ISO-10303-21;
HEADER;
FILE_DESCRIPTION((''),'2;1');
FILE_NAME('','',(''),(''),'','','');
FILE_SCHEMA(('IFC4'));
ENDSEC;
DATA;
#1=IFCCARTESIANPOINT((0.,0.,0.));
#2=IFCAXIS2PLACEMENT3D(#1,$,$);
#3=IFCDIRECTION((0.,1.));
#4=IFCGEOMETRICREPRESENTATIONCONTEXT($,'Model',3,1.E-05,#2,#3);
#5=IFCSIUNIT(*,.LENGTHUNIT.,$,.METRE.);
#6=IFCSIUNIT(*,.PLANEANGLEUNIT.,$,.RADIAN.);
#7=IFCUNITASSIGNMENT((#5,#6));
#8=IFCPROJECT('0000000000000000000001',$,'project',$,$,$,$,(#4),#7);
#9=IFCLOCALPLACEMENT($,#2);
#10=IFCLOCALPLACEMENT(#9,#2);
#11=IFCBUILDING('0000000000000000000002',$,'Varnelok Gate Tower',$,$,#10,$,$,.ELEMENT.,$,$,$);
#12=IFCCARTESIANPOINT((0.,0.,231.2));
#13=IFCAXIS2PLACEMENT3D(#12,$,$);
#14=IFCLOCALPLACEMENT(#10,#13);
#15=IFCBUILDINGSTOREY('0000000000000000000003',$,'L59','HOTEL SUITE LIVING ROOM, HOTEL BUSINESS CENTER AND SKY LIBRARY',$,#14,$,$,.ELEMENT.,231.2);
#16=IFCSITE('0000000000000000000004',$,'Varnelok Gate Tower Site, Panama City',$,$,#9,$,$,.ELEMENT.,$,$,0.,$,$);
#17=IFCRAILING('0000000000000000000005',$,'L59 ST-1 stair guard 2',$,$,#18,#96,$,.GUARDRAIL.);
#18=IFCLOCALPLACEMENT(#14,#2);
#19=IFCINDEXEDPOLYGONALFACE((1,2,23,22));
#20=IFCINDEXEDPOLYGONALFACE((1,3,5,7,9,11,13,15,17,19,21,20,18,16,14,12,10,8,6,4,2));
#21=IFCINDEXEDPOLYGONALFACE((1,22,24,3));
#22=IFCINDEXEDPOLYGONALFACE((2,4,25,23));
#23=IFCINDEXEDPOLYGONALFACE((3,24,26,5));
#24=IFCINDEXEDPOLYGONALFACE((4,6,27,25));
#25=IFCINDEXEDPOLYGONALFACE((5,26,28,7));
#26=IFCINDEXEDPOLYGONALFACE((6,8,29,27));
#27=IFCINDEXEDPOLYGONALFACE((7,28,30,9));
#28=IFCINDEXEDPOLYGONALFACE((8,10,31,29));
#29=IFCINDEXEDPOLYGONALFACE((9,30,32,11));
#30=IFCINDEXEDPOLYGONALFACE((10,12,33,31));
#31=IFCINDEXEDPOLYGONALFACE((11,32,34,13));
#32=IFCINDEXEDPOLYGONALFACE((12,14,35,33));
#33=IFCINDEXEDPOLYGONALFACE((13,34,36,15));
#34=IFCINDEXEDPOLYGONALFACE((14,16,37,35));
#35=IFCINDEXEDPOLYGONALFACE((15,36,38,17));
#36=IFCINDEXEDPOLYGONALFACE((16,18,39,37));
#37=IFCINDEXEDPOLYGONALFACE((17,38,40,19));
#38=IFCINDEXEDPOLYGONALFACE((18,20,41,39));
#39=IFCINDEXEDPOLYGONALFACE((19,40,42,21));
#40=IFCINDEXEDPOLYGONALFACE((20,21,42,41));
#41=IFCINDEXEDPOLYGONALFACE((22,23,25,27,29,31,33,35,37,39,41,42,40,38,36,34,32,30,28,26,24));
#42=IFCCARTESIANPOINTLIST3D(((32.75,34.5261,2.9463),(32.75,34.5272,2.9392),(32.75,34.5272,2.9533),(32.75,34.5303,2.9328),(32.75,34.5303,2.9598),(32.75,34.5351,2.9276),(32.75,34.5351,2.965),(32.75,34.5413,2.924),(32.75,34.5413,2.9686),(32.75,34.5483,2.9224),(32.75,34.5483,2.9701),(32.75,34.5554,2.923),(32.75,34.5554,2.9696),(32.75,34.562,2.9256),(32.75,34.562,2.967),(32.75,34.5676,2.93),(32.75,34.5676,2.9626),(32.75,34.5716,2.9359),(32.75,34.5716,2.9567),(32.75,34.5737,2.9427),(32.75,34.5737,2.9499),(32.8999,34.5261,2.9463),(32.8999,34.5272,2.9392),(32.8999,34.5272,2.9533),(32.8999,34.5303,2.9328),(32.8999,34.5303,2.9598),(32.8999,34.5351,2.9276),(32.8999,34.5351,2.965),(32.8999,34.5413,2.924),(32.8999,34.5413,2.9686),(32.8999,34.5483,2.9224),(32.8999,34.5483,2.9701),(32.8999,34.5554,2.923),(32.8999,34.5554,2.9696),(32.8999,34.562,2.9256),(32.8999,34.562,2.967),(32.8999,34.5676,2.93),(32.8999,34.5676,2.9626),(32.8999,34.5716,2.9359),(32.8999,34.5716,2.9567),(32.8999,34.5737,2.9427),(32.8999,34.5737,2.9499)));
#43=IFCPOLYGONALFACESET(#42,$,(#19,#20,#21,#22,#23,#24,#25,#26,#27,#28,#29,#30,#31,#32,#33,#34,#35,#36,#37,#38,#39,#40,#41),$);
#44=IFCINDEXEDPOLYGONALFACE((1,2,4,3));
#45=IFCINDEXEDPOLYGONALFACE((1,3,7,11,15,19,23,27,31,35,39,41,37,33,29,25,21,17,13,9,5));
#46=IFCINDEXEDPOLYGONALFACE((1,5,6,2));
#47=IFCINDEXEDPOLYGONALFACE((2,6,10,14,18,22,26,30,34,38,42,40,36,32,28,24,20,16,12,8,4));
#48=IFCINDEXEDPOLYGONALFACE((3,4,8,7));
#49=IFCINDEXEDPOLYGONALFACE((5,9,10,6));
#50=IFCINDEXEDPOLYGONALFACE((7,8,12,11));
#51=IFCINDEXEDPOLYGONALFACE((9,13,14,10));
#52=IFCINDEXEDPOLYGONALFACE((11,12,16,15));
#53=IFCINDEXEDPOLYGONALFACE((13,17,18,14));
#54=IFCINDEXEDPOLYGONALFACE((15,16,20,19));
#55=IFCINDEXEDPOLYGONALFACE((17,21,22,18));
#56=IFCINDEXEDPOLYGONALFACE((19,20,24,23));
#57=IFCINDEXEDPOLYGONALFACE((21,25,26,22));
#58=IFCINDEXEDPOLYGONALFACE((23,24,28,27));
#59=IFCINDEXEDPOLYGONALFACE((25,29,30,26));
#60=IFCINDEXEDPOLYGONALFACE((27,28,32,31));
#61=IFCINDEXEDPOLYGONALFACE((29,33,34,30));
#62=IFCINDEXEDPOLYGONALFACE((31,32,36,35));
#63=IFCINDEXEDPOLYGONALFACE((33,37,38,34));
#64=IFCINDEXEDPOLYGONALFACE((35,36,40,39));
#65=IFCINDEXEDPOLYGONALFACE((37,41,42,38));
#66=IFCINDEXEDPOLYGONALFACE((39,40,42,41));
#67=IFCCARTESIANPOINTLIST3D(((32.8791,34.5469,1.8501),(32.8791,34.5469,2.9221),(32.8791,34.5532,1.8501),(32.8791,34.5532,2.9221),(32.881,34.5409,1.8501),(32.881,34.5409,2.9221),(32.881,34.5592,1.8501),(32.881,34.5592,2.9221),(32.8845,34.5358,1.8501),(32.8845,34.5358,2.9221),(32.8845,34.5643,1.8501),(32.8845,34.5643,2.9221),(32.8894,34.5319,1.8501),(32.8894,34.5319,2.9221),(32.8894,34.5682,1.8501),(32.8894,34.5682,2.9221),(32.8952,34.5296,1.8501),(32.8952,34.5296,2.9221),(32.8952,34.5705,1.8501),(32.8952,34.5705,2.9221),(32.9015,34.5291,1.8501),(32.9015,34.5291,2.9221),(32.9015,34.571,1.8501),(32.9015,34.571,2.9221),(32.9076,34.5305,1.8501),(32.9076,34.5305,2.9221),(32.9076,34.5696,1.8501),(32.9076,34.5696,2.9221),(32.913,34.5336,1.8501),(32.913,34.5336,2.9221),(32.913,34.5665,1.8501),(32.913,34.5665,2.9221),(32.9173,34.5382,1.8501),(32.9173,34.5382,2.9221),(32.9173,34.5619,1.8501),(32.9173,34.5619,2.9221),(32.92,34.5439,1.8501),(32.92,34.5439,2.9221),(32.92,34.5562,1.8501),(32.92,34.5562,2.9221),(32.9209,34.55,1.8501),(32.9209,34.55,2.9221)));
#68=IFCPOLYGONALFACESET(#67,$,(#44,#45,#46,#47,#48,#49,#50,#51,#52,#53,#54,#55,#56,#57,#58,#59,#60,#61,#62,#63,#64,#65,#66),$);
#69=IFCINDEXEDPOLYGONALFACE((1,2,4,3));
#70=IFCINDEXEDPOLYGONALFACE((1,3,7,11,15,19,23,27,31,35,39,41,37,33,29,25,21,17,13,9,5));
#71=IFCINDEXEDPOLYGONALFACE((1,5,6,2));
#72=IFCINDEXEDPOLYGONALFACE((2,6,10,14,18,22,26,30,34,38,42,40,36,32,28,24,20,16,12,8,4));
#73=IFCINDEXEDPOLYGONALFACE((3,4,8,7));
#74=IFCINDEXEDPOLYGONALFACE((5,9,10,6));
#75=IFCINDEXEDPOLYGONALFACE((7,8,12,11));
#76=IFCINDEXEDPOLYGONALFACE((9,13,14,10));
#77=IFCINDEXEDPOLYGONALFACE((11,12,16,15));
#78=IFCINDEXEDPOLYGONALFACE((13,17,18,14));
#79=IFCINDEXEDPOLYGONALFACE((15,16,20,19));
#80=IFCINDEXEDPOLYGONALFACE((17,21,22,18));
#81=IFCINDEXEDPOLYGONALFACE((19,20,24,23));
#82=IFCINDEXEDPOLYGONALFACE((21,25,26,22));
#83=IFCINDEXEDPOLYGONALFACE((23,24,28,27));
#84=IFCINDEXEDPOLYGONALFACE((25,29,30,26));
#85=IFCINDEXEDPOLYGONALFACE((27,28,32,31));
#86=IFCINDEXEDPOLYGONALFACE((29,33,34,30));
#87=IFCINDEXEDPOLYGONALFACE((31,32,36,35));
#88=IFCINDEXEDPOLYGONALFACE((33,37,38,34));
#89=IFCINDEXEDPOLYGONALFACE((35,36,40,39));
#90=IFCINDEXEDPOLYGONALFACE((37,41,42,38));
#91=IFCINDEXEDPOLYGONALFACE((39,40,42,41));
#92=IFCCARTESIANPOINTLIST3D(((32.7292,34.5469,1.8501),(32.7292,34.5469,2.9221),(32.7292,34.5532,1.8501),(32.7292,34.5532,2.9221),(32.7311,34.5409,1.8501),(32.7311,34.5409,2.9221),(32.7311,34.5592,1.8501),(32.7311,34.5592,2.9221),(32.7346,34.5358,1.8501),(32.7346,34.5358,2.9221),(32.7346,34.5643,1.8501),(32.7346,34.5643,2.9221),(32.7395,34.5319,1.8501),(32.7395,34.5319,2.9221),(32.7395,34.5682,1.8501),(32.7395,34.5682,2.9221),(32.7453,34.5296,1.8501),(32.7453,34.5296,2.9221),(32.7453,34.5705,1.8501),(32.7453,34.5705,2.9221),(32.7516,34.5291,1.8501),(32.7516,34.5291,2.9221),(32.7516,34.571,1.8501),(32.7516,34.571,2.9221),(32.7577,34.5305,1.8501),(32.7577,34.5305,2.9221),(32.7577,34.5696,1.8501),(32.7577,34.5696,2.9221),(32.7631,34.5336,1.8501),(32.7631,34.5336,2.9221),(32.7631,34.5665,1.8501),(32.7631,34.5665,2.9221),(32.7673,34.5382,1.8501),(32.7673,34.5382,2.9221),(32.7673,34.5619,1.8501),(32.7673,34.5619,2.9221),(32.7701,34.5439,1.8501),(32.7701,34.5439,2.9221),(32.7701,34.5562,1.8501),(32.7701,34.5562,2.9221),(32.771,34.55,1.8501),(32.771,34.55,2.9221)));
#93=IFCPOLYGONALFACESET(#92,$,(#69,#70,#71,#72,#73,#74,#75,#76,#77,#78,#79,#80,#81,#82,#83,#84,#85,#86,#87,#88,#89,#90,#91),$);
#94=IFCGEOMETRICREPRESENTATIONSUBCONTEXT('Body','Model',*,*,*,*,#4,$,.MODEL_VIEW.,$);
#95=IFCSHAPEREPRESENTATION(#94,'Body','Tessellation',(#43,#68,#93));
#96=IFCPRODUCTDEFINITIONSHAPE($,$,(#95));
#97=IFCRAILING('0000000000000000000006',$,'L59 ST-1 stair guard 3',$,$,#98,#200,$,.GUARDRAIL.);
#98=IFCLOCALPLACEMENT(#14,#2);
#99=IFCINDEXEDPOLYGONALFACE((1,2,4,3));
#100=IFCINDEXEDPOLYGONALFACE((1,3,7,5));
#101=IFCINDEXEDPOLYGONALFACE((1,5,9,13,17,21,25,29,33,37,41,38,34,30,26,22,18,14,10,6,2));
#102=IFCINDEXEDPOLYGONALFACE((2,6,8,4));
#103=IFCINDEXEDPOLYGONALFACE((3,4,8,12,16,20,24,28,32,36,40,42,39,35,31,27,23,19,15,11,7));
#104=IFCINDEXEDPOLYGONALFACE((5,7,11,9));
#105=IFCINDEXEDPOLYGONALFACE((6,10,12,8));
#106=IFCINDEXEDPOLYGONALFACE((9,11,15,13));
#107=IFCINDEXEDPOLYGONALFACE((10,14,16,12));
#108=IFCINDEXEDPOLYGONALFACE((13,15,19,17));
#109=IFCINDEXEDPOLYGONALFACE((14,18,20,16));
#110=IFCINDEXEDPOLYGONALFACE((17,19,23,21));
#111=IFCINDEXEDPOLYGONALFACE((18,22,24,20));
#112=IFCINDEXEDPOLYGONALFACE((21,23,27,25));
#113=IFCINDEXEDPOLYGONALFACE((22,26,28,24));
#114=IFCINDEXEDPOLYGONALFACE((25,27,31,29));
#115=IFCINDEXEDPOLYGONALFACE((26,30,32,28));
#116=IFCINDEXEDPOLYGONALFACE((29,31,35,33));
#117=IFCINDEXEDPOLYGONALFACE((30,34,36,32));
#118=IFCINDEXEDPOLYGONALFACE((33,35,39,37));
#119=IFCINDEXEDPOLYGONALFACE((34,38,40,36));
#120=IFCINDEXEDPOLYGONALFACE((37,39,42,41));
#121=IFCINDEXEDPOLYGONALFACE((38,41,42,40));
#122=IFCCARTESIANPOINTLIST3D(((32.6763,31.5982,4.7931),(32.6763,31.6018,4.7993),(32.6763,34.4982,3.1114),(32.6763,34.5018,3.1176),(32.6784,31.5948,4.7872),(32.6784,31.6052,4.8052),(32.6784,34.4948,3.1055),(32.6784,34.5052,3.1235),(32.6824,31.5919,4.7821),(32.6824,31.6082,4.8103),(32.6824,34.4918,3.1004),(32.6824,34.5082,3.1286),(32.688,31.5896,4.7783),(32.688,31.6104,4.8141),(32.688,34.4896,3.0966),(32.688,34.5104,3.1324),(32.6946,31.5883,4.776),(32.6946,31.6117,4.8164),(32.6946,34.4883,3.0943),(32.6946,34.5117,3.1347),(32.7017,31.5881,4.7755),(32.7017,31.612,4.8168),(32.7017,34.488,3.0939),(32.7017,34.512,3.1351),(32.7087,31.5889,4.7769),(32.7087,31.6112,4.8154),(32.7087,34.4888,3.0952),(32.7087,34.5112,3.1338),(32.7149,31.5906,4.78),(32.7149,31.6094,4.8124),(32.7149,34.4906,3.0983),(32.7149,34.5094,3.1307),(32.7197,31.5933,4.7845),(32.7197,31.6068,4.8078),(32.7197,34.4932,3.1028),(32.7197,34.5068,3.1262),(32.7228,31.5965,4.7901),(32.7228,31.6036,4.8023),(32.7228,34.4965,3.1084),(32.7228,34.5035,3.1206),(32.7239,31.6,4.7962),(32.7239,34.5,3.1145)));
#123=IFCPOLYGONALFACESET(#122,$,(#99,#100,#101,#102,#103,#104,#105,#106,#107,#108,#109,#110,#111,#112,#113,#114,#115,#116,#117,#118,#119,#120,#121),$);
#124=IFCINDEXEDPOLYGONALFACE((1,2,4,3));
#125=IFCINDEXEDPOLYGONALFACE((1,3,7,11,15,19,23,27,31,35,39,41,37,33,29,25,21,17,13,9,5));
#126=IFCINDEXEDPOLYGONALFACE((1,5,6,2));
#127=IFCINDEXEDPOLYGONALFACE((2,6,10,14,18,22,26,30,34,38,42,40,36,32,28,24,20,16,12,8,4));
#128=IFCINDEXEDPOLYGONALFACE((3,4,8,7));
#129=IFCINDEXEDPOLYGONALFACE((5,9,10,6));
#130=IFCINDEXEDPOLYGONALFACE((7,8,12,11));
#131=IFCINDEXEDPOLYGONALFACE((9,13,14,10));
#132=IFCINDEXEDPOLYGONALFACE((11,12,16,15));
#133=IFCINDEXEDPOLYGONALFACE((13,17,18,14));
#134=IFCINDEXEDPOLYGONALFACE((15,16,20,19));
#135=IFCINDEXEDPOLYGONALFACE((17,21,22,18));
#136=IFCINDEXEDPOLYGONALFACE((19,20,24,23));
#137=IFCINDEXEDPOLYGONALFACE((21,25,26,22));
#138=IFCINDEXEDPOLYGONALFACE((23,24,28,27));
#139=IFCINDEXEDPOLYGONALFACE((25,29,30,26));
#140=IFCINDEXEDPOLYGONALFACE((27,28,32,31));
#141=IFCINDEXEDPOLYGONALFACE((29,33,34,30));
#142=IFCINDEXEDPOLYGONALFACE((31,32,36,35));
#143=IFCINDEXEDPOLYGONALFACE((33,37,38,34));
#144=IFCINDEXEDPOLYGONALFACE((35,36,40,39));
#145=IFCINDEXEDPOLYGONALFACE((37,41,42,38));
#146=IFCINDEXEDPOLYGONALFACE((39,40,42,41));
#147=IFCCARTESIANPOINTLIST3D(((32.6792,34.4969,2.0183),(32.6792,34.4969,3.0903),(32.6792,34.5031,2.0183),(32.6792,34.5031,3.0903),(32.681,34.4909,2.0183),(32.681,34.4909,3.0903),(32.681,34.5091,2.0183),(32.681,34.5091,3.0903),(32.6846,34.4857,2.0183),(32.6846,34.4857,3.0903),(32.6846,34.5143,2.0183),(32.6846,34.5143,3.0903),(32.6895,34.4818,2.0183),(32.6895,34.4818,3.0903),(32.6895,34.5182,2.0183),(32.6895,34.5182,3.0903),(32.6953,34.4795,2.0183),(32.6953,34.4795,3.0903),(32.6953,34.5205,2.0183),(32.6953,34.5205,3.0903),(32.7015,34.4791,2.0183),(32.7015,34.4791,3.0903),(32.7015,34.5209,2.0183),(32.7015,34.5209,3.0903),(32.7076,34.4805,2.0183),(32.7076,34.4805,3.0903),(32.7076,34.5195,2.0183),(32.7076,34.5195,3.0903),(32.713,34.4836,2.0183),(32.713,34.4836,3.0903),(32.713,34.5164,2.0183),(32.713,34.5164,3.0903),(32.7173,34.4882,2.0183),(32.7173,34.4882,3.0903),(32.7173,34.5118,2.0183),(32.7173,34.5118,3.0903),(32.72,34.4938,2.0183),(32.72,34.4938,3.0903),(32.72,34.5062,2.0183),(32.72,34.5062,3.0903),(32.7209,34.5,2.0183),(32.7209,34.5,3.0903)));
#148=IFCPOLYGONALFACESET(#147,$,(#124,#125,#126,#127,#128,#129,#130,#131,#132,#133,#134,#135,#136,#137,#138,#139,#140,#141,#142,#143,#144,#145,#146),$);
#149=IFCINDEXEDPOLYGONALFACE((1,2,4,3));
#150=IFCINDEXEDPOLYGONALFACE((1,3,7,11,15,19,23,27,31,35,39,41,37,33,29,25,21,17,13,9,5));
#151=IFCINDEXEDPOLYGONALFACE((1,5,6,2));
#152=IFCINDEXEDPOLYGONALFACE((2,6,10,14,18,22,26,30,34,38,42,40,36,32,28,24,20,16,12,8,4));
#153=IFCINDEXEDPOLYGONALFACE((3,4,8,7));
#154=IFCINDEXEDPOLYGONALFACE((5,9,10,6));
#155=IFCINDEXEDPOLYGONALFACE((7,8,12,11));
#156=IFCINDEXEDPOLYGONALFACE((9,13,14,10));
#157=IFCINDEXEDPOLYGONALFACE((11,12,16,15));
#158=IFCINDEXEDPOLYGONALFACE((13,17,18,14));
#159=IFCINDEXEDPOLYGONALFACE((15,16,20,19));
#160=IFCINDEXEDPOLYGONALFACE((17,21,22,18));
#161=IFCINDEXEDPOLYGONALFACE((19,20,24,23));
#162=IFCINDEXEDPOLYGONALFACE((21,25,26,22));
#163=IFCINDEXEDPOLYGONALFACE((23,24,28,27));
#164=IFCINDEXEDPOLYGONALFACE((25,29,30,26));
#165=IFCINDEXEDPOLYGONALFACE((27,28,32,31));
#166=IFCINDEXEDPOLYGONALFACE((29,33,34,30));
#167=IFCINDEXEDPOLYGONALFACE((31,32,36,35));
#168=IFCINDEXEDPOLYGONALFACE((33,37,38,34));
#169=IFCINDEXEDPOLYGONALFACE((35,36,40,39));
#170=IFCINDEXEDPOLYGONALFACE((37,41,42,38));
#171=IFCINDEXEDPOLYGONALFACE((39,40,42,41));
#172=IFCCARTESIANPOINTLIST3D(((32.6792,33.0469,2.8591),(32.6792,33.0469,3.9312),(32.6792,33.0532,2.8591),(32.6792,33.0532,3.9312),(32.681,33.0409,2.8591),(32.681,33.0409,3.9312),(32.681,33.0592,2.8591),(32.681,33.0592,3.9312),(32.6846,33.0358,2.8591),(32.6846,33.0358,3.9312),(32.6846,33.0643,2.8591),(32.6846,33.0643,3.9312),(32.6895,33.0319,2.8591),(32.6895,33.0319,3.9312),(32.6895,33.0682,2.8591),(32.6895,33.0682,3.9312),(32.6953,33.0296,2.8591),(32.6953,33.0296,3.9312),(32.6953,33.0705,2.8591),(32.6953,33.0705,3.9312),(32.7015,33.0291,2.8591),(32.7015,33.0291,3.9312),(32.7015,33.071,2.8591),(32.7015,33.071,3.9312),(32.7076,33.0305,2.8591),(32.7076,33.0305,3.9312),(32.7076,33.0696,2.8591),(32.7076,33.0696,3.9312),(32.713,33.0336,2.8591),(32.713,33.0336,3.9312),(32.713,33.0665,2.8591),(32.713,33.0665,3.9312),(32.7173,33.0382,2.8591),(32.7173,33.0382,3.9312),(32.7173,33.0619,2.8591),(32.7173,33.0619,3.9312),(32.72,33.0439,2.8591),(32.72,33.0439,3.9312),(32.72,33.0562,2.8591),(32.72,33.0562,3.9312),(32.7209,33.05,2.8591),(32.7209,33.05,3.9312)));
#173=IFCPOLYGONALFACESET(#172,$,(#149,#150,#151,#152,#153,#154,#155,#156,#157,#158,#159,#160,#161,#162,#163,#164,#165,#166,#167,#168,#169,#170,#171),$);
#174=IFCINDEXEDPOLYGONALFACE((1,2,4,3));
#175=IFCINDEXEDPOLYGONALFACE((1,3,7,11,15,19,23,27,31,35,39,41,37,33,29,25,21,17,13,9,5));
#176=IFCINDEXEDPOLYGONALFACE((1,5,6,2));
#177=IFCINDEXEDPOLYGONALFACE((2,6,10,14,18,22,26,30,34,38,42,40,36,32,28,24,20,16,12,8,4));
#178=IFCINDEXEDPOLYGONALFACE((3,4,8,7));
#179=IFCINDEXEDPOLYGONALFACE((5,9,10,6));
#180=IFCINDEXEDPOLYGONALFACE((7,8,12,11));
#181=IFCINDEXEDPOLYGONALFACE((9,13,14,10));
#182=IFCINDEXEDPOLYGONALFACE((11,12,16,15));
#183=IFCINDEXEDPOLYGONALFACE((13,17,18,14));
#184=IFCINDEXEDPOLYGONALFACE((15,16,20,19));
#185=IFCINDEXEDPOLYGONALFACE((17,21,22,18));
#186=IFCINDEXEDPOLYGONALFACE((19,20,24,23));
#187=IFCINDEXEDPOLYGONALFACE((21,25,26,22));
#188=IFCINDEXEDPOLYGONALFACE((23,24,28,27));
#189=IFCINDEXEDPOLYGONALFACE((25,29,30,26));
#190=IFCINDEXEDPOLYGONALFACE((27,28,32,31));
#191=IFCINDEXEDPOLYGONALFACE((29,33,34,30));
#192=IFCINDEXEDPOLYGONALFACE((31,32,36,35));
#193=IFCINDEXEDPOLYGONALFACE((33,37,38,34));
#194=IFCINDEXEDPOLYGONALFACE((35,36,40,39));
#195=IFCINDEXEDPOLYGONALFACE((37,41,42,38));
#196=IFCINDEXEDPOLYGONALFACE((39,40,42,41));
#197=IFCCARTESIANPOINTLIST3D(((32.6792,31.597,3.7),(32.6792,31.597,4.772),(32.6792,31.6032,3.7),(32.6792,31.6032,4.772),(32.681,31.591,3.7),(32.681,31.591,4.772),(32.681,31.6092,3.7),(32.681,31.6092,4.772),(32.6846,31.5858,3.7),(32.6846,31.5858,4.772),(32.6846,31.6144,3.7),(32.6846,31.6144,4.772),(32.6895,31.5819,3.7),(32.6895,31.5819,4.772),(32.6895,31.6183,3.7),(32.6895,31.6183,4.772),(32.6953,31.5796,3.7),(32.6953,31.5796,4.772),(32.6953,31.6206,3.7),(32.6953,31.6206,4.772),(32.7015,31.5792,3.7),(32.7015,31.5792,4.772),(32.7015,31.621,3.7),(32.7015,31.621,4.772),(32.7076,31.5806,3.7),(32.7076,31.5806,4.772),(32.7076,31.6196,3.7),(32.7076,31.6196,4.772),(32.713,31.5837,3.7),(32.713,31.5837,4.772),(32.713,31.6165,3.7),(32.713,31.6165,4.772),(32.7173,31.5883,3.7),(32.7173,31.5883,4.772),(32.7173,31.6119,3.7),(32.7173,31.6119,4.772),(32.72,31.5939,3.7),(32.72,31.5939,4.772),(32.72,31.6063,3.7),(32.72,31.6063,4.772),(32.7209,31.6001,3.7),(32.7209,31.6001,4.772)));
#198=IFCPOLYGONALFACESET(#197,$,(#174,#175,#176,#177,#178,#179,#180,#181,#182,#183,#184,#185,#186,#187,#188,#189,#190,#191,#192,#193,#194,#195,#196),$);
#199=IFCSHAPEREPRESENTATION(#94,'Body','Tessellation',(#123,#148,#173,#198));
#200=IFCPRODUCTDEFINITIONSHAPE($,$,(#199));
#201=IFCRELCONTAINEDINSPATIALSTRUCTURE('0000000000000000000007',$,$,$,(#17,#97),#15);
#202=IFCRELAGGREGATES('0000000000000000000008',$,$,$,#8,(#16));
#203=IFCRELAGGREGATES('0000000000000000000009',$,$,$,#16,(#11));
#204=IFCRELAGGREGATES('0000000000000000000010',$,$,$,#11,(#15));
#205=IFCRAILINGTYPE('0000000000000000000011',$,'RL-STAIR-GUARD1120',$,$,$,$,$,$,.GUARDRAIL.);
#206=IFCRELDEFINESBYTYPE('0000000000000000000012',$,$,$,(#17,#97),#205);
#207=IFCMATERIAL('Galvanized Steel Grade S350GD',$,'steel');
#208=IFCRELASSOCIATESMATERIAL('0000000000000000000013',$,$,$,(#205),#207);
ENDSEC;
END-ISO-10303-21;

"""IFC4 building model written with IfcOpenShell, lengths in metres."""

from ifc_helpers import new_model, si_unit, direction, frame, origin, origin_2d, place, context, subcontext, project, spatial, circle, extrude, material, type_object, element, save


model = new_model("IFC4")

# Units and contexts
model_context = context("Model", 3, precision=1e-05, world=origin(), true_north=direction((0.0, 1.0)))
body_context = subcontext(model_context, "Body", "Model", "MODEL_VIEW")
ifc_project = project(units=[si_unit("LENGTHUNIT", "METRE"), si_unit("PLANEANGLEUNIT", "RADIAN")], contexts=[model_context])

# Site, building, storey
site_placement = place(None, origin())
site = spatial("IfcSite", under=ifc_project, at=site_placement, Name="Varnelok Gate Tower Site, Panama City", CompositionType="ELEMENT", RefElevation=0.0)
building_placement = place(site_placement, origin())
building = spatial("IfcBuilding", under=site, at=building_placement, Name="Varnelok Gate Tower", CompositionType="ELEMENT")
storey_placement = place(building_placement, frame((0.0, 0.0, 231.2)))
storey = spatial("IfcBuildingStorey", under=building, at=storey_placement, Name="L59", Description="HOTEL SUITE LIVING ROOM, HOTEL BUSINESS CENTER AND SKY LIBRARY", CompositionType="ELEMENT", Elevation=231.2)

# Shared definitions
ifc_material_1 = material(Name="Galvanized Steel Grade S350GD", Category="steel")

# Railings
railing_type_1 = type_object("IfcRailingType", Name="RL-STAIR-GUARD1120", PredefinedType="GUARDRAIL", material=ifc_material_1)
railing_1_placement = place(storey_placement, frame((32.8999, 34.55, 1.8501)))
element("IfcRailing", 1, at=railing_1_placement, inside=storey, type_object=railing_type_1, Name="L59 ST-1 stair guard 2", PredefinedType="GUARDRAIL", context=body_context, shape_type="SweptSolid", body=[
    extrude(circle(Radius=0.0239, at=origin_2d()), frame((0.0, 0.0, 1.0962), z_axis=(-1.0, 0.0, 0.0), x_axis=(0.0, -1.0, 0.0)), (0.0, 0.0, 1.0), 0.1499),
    extrude(circle(Radius=0.021, at=origin_2d()), origin(), (0.0, 0.0, 1.0), 1.072),
    extrude(circle(Radius=0.021, at=origin_2d()), frame((-0.1499, 0.0, 0.0)), (0.0, 0.0, 1.0), 1.072),
])
railing_2_placement = place(storey_placement, frame((32.7, 34.5, 2.0183)))
element("IfcRailing", 2, at=railing_2_placement, inside=storey, type_object=railing_type_1, Name="L59 ST-1 stair guard 3", PredefinedType="GUARDRAIL", context=body_context, shape_type="SweptSolid", body=[
    extrude(circle(Radius=0.0239, at=origin_2d()), frame((0.0, 0.0, 1.0962), z_axis=(0.0, -0.86507, 0.501651), x_axis=(1.0, 0.0, 0.0)), (0.0, 0.0, 1.0), 3.3523),
    extrude(circle(Radius=0.021, at=origin_2d()), origin(), (0.0, 0.0, 1.0), 1.072),
    extrude(circle(Radius=0.021, at=origin_2d()), frame((0.0, -1.45, 0.8408)), (0.0, 0.0, 1.0), 1.072),
    extrude(circle(Radius=0.021, at=origin_2d()), frame((0.0, -2.8999, 1.6816)), (0.0, 0.0, 1.0), 1.072),
])

save(model, "model.ifc")
